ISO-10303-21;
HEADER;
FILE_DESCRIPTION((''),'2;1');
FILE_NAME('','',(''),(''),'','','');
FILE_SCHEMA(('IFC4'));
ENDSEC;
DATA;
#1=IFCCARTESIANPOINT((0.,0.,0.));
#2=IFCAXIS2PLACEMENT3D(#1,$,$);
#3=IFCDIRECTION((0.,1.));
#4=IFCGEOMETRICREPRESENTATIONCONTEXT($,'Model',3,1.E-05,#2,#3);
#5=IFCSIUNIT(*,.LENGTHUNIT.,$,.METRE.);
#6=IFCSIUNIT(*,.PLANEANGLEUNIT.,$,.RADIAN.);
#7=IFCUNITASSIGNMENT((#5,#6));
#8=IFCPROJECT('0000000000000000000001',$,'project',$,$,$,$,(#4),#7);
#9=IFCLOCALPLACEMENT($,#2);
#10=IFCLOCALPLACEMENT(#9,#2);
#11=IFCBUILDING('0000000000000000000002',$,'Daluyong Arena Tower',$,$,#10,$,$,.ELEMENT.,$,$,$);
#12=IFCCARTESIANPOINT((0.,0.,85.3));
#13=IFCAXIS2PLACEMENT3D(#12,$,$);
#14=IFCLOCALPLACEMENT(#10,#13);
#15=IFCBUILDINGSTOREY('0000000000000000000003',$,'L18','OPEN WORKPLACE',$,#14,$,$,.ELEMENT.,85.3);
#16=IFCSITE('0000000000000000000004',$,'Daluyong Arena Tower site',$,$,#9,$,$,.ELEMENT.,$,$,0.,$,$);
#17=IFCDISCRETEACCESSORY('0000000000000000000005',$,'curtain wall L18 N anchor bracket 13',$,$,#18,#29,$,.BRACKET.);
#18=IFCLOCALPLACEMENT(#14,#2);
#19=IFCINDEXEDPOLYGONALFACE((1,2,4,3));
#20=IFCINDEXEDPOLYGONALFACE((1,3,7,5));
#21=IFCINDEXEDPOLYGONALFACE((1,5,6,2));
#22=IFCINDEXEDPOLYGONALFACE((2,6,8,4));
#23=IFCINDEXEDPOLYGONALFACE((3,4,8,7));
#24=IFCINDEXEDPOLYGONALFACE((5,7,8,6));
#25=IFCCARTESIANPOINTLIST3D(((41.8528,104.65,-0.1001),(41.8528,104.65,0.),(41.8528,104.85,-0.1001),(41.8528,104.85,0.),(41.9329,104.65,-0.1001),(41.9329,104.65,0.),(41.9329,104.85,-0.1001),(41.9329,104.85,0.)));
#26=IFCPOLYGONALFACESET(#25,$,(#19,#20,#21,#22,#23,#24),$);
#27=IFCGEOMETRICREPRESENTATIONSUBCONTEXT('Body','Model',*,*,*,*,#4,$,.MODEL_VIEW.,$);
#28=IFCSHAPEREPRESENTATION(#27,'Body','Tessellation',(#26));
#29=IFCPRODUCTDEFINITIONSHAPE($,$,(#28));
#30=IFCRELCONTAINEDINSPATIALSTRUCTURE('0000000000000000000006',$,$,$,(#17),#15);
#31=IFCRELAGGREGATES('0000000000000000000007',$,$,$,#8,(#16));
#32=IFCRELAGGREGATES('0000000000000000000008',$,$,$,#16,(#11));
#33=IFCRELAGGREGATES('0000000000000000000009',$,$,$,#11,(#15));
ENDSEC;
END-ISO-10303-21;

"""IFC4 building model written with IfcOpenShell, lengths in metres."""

from ifc_helpers import new_model, si_unit, direction, frame, origin, origin_2d, place, context, subcontext, project, spatial, rectangle, extrude, element, save


model = new_model("IFC4")

# Units and contexts
model_context = context("Model", 3, precision=1e-05, world=origin(), true_north=direction((0.0, 1.0)))
body_context = subcontext(model_context, "Body", "Model", "MODEL_VIEW")
ifc_project = project(units=[si_unit("LENGTHUNIT", "METRE"), si_unit("PLANEANGLEUNIT", "RADIAN")], contexts=[model_context])

# Site, building, storey
site_placement = place(None, origin())
site = spatial("IfcSite", under=ifc_project, at=site_placement, Name="Daluyong Arena Tower site", CompositionType="ELEMENT", RefElevation=0.0)
building_placement = place(site_placement, origin())
building = spatial("IfcBuilding", under=site, at=building_placement, Name="Daluyong Arena Tower", CompositionType="ELEMENT")
storey_placement = place(building_placement, frame((0.0, 0.0, 85.3)))
storey = spatial("IfcBuildingStorey", under=building, at=storey_placement, Name="L18", Description="OPEN WORKPLACE", CompositionType="ELEMENT", Elevation=85.3)

# Discrete accessory
for number, where, z_axis, x_axis, name in (
    (1, (41.8928, 104.75, -0.1001), (0.0, 0.0, 1.0), (-1.0, 0.0, 0.0), "curtain wall L18 N anchor bracket 13"),
):
    element("IfcDiscreteAccessory", number, at=place(storey_placement, frame(where, z_axis=z_axis, x_axis=x_axis)), inside=storey, Name=name, PredefinedType="BRACKET", context=body_context, shape_type="SweptSolid", body=[
        extrude(rectangle(XDim=0.0801, YDim=0.2, at=origin_2d()), origin(), (0.0, 0.0, 1.0), 0.1001),
    ])

save(model, "model.ifc")
